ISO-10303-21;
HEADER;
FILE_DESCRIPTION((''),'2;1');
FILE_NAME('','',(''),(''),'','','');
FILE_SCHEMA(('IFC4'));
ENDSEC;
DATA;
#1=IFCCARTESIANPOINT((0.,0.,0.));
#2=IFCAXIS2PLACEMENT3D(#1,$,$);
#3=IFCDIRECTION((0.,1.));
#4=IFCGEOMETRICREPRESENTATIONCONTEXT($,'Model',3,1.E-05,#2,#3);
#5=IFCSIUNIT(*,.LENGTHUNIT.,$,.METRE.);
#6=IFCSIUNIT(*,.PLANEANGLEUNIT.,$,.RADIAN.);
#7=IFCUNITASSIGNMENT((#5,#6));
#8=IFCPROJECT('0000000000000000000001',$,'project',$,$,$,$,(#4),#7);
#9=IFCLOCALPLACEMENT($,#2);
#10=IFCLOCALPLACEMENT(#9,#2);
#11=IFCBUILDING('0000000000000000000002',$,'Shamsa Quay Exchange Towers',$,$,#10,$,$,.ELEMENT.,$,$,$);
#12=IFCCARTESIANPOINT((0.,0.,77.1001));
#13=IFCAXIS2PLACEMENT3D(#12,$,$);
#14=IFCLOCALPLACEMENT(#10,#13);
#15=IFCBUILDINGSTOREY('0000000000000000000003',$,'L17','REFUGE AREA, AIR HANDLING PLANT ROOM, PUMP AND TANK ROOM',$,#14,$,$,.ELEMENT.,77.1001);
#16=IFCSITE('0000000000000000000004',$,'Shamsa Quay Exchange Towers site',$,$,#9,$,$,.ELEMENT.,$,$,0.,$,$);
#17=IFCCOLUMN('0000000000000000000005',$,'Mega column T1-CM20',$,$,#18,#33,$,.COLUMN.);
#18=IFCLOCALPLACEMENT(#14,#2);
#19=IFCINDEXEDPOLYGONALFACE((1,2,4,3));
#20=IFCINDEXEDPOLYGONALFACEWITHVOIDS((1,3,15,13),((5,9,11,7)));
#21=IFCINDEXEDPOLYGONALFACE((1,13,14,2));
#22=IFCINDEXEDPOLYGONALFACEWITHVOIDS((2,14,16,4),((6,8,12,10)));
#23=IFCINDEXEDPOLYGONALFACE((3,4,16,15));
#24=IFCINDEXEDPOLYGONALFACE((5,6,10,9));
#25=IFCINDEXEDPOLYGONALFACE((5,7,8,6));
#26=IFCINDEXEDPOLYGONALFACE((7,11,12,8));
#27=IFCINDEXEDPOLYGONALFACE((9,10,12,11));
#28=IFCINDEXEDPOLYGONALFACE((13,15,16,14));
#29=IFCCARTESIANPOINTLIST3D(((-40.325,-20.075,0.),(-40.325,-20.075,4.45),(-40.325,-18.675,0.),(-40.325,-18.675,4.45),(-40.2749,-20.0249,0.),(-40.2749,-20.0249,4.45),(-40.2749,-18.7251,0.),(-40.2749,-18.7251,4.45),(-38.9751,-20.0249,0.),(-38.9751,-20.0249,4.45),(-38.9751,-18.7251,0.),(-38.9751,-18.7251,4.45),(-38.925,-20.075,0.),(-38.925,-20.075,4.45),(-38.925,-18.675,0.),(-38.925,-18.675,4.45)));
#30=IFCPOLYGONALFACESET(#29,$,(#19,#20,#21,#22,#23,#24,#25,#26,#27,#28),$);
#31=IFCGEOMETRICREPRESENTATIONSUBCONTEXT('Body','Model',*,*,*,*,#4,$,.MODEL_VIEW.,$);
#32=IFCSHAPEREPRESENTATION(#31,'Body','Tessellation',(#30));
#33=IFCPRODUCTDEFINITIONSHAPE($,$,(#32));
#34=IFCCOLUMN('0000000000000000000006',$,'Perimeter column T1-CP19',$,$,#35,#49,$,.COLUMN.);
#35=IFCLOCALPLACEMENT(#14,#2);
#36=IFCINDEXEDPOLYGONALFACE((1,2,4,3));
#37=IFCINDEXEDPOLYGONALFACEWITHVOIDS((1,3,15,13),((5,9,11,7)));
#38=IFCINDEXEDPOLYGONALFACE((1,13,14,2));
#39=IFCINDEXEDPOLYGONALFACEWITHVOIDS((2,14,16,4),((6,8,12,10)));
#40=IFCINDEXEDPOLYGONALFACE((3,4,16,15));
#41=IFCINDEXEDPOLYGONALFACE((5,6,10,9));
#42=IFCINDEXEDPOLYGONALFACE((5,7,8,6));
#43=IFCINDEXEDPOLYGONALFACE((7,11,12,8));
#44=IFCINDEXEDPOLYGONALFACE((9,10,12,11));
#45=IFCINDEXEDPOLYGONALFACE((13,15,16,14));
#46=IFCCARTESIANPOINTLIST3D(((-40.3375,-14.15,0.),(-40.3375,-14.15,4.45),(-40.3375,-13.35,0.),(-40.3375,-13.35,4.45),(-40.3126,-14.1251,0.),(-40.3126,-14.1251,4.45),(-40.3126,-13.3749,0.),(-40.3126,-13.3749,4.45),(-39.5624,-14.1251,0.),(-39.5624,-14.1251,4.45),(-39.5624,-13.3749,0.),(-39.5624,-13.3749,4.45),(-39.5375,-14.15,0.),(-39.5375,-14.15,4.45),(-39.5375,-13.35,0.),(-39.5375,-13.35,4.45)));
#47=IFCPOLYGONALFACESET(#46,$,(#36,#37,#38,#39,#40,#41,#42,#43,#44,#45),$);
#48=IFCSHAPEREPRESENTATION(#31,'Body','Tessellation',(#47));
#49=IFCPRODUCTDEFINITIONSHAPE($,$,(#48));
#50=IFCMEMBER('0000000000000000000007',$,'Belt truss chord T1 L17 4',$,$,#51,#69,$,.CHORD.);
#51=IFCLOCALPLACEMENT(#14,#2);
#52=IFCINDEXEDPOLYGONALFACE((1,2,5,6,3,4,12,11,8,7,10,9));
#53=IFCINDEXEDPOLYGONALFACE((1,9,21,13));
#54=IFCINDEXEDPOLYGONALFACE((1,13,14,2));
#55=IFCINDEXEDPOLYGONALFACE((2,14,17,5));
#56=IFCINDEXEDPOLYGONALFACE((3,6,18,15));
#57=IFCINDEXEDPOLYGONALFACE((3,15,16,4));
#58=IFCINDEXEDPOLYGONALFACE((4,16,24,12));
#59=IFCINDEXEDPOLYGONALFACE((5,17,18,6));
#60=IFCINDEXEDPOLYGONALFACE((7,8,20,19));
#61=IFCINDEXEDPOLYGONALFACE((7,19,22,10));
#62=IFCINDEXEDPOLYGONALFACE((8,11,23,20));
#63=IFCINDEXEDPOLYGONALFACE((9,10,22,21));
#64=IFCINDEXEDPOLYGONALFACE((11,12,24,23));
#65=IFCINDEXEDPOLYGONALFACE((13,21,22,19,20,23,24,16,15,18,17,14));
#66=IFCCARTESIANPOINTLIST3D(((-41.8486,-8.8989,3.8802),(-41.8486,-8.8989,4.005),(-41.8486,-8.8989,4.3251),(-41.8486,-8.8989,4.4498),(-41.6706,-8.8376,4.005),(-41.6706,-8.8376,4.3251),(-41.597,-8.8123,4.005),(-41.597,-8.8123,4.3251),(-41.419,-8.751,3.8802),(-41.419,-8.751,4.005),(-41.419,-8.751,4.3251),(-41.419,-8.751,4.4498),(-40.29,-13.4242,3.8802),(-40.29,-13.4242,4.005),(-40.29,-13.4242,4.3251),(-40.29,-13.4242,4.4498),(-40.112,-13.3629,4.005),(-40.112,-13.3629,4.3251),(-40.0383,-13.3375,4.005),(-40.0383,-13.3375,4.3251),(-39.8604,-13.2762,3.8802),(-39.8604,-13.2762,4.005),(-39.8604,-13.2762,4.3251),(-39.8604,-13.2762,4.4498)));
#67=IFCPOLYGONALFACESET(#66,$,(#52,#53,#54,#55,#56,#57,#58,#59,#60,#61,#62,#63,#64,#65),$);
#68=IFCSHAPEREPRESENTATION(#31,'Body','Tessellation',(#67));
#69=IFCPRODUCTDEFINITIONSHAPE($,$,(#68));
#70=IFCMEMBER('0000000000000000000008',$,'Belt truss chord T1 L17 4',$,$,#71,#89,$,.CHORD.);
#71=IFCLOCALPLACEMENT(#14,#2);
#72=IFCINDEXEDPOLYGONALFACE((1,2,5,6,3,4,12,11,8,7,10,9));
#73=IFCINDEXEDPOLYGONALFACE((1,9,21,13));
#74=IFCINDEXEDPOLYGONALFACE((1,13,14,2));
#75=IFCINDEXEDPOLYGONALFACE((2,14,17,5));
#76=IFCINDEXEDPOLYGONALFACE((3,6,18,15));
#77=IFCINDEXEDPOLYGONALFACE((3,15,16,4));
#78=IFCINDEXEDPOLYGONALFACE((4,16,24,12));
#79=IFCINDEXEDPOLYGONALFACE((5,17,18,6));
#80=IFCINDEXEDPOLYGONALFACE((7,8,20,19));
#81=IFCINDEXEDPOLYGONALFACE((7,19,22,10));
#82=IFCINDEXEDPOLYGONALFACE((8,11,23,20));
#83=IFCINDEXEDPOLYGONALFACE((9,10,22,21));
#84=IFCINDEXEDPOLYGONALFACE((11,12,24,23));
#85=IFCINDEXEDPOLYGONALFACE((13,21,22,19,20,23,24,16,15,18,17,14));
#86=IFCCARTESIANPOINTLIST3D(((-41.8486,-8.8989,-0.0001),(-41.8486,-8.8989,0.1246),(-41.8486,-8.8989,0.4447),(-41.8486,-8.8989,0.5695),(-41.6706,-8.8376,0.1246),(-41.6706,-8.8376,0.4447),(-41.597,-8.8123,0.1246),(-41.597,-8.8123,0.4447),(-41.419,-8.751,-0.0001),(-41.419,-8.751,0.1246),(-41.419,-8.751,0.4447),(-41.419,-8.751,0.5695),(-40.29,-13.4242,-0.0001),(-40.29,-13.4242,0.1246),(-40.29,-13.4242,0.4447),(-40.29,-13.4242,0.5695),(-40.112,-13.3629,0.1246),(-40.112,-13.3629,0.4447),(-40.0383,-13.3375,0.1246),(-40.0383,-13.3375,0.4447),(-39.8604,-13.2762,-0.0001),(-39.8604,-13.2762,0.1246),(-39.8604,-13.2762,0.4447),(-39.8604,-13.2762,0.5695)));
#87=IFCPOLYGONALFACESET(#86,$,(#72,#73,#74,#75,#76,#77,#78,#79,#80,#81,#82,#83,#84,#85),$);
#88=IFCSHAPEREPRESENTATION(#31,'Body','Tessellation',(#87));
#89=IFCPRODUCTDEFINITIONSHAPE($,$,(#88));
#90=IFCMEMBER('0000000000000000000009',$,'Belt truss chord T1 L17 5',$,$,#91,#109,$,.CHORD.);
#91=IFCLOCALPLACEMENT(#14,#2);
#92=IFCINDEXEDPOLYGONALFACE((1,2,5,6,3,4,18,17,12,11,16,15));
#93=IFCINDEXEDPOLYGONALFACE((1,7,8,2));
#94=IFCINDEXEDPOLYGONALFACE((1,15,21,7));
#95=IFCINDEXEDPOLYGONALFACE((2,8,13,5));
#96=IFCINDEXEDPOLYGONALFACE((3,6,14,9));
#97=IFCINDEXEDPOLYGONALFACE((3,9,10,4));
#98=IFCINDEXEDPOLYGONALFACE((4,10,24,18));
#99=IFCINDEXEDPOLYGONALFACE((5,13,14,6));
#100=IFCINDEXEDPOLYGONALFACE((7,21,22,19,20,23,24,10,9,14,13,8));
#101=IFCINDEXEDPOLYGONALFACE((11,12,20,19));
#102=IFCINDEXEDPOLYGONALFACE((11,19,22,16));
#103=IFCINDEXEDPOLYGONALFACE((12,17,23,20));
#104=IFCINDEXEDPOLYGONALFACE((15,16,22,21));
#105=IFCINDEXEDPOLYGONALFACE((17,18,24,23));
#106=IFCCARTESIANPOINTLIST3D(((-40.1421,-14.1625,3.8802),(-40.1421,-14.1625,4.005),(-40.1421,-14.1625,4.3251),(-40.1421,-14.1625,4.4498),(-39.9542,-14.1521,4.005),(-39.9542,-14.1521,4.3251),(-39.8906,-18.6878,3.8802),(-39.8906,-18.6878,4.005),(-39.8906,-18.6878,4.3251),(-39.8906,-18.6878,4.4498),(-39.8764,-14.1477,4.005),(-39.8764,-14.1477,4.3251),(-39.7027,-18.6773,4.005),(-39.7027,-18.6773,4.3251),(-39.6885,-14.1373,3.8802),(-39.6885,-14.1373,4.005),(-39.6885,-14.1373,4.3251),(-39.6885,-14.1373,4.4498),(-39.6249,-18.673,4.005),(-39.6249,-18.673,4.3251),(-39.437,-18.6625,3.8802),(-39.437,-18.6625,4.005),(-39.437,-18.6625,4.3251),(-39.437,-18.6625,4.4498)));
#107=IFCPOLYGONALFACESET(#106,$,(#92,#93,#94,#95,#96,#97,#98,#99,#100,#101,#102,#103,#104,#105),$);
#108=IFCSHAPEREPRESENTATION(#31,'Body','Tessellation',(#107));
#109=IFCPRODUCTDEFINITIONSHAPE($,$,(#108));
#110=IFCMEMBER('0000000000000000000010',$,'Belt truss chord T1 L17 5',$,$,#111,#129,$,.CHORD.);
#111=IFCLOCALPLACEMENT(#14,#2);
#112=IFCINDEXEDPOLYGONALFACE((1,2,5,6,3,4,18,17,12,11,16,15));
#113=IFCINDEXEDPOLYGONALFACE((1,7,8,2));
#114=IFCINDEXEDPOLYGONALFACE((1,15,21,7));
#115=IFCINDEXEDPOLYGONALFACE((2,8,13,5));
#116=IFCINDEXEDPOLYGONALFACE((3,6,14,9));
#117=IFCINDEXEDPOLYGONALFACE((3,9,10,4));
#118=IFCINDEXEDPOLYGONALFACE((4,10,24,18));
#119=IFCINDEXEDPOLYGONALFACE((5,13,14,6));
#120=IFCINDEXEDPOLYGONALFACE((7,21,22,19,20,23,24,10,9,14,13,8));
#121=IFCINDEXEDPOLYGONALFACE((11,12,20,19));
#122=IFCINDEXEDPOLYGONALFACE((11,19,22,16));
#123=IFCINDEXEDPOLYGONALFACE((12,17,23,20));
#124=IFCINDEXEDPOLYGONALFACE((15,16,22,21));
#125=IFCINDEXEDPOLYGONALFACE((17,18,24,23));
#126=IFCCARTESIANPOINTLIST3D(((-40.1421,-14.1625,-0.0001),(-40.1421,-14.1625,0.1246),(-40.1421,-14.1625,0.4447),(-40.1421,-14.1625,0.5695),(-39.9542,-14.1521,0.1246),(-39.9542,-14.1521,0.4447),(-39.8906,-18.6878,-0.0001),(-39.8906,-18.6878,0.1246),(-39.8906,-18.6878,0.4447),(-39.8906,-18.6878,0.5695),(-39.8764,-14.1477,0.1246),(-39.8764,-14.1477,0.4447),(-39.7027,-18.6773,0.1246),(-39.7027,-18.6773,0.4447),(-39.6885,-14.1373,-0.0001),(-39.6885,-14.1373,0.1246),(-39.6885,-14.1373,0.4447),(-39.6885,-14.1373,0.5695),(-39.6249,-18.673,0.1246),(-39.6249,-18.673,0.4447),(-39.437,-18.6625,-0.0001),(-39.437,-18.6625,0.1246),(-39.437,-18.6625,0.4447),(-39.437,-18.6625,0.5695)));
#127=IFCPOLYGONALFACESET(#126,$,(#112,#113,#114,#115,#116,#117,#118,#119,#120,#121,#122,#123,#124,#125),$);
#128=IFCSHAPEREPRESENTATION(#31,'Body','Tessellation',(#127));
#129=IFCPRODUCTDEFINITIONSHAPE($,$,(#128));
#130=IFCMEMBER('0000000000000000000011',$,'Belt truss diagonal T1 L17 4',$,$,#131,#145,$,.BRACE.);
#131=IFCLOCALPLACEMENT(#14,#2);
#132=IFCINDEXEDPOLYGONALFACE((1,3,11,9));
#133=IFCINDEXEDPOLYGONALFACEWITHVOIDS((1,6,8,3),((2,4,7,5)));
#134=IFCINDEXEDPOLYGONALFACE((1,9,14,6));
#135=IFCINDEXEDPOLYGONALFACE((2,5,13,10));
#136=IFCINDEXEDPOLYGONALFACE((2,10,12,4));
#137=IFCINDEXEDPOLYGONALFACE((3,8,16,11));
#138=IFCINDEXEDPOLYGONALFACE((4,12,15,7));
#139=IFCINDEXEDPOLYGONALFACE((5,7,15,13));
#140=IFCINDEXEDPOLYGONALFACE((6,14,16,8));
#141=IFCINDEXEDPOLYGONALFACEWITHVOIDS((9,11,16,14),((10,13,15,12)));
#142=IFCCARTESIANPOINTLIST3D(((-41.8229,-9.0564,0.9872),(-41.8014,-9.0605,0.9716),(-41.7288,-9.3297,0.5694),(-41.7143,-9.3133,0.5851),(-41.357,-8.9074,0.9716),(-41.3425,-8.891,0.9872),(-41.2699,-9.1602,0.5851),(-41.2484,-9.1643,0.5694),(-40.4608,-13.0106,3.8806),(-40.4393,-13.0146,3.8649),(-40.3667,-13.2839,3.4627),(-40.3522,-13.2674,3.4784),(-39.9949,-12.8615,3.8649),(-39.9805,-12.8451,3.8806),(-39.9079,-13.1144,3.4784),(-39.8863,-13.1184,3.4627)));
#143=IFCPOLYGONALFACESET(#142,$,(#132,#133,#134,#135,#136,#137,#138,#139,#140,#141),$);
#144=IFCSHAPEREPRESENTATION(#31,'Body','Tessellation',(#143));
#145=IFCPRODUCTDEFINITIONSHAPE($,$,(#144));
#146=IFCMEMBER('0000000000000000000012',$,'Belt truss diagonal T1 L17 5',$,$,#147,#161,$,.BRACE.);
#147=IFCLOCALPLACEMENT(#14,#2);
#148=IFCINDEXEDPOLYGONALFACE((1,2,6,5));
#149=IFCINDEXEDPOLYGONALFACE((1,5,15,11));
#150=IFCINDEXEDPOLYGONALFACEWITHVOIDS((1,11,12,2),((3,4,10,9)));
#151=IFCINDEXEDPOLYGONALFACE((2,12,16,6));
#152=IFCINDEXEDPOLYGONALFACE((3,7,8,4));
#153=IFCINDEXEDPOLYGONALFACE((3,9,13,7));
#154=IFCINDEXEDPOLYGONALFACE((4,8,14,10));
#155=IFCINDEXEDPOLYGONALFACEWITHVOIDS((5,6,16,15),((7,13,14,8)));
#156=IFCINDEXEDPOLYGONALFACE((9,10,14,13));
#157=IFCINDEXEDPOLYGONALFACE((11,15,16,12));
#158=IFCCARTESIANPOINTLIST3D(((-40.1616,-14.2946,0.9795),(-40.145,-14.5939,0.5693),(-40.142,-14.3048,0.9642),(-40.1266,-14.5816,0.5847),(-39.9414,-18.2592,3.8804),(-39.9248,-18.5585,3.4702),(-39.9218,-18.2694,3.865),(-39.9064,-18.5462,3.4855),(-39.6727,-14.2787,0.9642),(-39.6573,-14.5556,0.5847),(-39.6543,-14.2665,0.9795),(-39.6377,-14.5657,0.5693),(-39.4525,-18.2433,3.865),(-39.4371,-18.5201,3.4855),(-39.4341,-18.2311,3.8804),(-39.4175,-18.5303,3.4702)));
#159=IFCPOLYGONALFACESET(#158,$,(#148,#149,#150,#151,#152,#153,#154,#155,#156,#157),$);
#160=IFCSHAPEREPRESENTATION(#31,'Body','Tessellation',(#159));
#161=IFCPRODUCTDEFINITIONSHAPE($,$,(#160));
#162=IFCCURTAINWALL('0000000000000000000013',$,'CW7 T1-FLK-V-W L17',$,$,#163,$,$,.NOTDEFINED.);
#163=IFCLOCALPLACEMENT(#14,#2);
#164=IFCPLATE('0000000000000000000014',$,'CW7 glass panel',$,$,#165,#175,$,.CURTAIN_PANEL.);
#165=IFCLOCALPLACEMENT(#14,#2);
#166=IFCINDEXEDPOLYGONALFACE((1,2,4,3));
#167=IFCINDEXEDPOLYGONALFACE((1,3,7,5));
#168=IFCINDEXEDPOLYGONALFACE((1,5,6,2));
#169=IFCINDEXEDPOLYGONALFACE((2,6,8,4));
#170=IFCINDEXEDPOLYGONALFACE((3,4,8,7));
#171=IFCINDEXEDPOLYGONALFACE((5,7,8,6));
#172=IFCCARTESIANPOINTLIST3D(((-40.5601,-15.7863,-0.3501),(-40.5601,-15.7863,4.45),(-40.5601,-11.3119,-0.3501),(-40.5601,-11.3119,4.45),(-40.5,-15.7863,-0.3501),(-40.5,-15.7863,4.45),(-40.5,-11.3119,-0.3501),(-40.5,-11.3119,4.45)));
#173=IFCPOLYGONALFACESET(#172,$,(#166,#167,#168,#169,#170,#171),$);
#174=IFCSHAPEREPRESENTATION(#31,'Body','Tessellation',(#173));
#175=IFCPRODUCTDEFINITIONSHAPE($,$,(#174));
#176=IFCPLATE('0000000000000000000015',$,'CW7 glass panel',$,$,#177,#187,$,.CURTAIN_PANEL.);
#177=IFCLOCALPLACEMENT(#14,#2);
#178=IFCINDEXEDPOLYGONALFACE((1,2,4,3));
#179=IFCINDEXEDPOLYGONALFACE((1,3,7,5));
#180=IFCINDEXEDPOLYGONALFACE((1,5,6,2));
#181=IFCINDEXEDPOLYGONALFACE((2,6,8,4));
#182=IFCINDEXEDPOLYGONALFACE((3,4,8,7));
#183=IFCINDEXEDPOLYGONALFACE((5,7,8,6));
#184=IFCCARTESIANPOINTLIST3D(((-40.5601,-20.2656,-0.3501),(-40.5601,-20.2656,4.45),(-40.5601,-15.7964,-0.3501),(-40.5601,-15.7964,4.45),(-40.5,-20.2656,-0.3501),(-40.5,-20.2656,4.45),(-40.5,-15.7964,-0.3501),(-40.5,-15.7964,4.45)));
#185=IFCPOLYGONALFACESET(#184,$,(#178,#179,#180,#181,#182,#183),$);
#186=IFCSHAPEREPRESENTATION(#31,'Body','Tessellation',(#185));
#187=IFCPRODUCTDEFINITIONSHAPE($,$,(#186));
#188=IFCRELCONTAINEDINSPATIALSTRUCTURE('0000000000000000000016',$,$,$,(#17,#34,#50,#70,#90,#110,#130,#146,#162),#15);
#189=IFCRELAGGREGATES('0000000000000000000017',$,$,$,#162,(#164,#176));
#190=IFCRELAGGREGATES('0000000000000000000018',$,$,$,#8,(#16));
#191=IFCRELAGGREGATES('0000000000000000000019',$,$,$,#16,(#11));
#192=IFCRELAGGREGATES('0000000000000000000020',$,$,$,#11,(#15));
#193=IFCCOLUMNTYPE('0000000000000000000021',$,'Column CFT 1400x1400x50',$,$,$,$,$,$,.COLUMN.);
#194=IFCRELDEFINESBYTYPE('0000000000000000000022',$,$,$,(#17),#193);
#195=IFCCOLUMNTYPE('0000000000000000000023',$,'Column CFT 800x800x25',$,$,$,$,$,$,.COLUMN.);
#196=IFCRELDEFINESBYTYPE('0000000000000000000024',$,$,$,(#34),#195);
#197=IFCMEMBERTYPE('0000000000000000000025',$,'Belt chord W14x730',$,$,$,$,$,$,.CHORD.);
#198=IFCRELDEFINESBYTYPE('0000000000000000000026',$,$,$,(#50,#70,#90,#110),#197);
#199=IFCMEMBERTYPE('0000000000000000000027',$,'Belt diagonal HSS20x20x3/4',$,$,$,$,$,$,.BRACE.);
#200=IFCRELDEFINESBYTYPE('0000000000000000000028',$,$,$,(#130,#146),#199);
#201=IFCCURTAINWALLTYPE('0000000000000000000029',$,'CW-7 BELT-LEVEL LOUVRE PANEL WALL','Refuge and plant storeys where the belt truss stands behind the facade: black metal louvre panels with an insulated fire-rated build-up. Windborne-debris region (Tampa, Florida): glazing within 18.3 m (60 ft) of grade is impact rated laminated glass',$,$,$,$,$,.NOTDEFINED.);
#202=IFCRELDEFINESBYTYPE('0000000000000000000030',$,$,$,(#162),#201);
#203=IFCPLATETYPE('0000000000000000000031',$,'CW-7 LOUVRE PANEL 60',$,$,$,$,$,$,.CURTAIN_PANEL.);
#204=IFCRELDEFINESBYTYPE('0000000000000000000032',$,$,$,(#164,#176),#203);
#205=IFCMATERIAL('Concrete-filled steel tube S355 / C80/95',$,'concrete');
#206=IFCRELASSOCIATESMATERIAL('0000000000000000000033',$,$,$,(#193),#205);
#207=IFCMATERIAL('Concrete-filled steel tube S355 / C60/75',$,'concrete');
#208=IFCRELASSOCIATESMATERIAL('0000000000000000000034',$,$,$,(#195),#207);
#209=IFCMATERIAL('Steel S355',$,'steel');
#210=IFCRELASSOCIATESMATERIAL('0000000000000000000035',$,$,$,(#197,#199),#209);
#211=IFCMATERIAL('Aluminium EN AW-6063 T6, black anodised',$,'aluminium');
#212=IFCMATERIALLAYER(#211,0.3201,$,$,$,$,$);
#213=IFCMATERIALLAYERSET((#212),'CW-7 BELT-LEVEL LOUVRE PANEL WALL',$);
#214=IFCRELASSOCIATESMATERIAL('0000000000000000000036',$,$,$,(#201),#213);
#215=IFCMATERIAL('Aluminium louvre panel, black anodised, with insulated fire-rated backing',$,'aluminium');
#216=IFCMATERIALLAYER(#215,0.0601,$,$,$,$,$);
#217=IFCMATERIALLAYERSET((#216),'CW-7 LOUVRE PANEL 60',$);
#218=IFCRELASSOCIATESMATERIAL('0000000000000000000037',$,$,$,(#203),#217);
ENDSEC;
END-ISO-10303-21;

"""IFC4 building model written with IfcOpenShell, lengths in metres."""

from ifc_helpers import new_model, si_unit, direction, frame, origin, origin_2d, place, context, subcontext, project, spatial, rectangle, hollow_rectangle, i_section, extrude, material, layer, layer_set, material_profile, profile_set, type_object, element, aggregate, save


model = new_model("IFC4")

# Units and contexts
model_context = context("Model", 3, precision=1e-05, world=origin(), true_north=direction((0.0, 1.0)))
body_context = subcontext(model_context, "Body", "Model", "MODEL_VIEW")
ifc_project = project(units=[si_unit("LENGTHUNIT", "METRE"), si_unit("PLANEANGLEUNIT", "RADIAN")], contexts=[model_context])

# Site, building, storey
site_placement = place(None, origin())
site = spatial("IfcSite", under=ifc_project, at=site_placement, Name="Shamsa Quay Exchange Towers site", CompositionType="ELEMENT", RefElevation=0.0)
building_placement = place(site_placement, origin())
building = spatial("IfcBuilding", under=site, at=building_placement, Name="Shamsa Quay Exchange Towers", CompositionType="ELEMENT")
storey_placement = place(building_placement, frame((0.0, 0.0, 77.1001)))
storey = spatial("IfcBuildingStorey", under=building, at=storey_placement, Name="L17", Description="REFUGE AREA, AIR HANDLING PLANT ROOM, PUMP AND TANK ROOM", CompositionType="ELEMENT", Elevation=77.1001)

# Columns
ifc_material_1 = material(Name="Concrete-filled steel tube S355 / C80/95", Category="concrete")
ifc_material_profile_1 = material_profile(ifc_material_1, hollow_rectangle(XDim=1.3999, YDim=1.3999, WallThickness=0.05, at=origin_2d()), Name="CFT 1400x1400x50")
ifc_profile_set_1 = profile_set([ifc_material_profile_1], Name="Concrete-filled steel tube S355 / C80/95")
column_type_1 = type_object("IfcColumnType", Name="Column CFT 1400x1400x50", PredefinedType="COLUMN", material=ifc_profile_set_1)
column_1_placement = place(storey_placement, frame((-39.625, -19.375, 0.0)))
element("IfcColumn", 1, at=column_1_placement, inside=storey, type_object=column_type_1, Name="Mega column T1-CM20", PredefinedType="COLUMN", context=body_context, shape_type="SweptSolid", body=[
    extrude(hollow_rectangle(XDim=1.3999, YDim=1.3999, WallThickness=0.05, at=origin_2d()), origin(), (0.0, 0.0, 1.0), 4.45),
])
ifc_material_2 = material(Name="Concrete-filled steel tube S355 / C60/75", Category="concrete")
ifc_material_profile_2 = material_profile(ifc_material_2, hollow_rectangle(XDim=0.8, YDim=0.8, WallThickness=0.0249, at=origin_2d()), Name="CFT 800x800x25")
ifc_profile_set_2 = profile_set([ifc_material_profile_2], Name="Concrete-filled steel tube S355 / C60/75")
column_type_2 = type_object("IfcColumnType", Name="Column CFT 800x800x25", PredefinedType="COLUMN", material=ifc_profile_set_2)
column_2_placement = place(storey_placement, frame((-39.9375, -13.75, 0.0)))
element("IfcColumn", 2, at=column_2_placement, inside=storey, type_object=column_type_2, Name="Perimeter column T1-CP19", PredefinedType="COLUMN", context=body_context, shape_type="SweptSolid", body=[
    extrude(hollow_rectangle(XDim=0.8, YDim=0.8, WallThickness=0.0249, at=origin_2d()), origin(), (0.0, 0.0, 1.0), 4.45),
])

# Members
ifc_material_3 = material(Name="Steel S355", Category="steel")
ifc_material_profile_3 = material_profile(ifc_material_3, i_section(OverallWidth=0.4543, OverallDepth=0.5696, WebThickness=0.0779, FlangeThickness=0.1248, at=origin_2d()), Name="W14x730")
ifc_profile_set_3 = profile_set([ifc_material_profile_3], Name="Steel S355")
member_type_1 = type_object("IfcMemberType", Name="Belt chord W14x730", PredefinedType="CHORD", material=ifc_profile_set_3)
for number, where, z_axis, x_axis, name in (
    (3, (-41.6338, -8.825, 4.165), (0.325654, -0.945489, 0.0), (0.945489, 0.325654, 0.0), "Belt truss chord T1 L17 4"),
    (4, (-41.6338, -8.825, 0.2847), (0.325654, -0.945489, 0.0), (0.945489, 0.325654, 0.0), "Belt truss chord T1 L17 4"),
):
    element("IfcMember", number, at=place(storey_placement, frame(where, z_axis=z_axis, x_axis=x_axis)), inside=storey, type_object=member_type_1, Name=name, PredefinedType="CHORD", context=body_context, shape_type="SweptSolid", body=[
        extrude(i_section(OverallWidth=0.4543, OverallDepth=0.5696, WebThickness=0.0779, FlangeThickness=0.1248, at=origin_2d()), origin(), (0.0, 0.0, 1.0), 4.7861),
    ])
for number, where, z_axis, x_axis, name in (
    (5, (-39.9153, -14.1499, 4.165), (0.055485, -0.99846, 0.0), (0.99846, 0.055485, 0.0), "Belt truss chord T1 L17 5"),
    (6, (-39.9153, -14.1499, 0.2847), (0.055485, -0.99846, 0.0), (0.99846, 0.055485, 0.0), "Belt truss chord T1 L17 5"),
):
    element("IfcMember", number, at=place(storey_placement, frame(where, z_axis=z_axis, x_axis=x_axis)), inside=storey, type_object=member_type_1, Name=name, PredefinedType="CHORD", context=body_context, shape_type="SweptSolid", body=[
        extrude(i_section(OverallWidth=0.4543, OverallDepth=0.5696, WebThickness=0.0779, FlangeThickness=0.1248, at=origin_2d()), origin(), (0.0, 0.0, 1.0), 4.5322),
    ])
ifc_material_profile_4 = material_profile(ifc_material_3, hollow_rectangle(XDim=0.5081, YDim=0.5081, WallThickness=0.019, at=origin_2d()), Name="HSS20x20x3/4")
ifc_profile_set_4 = profile_set([ifc_material_profile_4], Name="Steel S355")
member_type_2 = type_object("IfcMemberType", Name="Belt diagonal HSS20x20x3/4", PredefinedType="BRACE", material=ifc_profile_set_4)
member_1_placement = place(storey_placement, frame((-41.5356, -9.1104, 0.7783), z_axis=(0.267837, -0.777539, 0.568944), x_axis=(0.945478, 0.325687, 0.0)))
element("IfcMember", 7, at=member_1_placement, inside=storey, type_object=member_type_2, Name="Belt truss diagonal T1 L17 4", PredefinedType="BRACE", context=body_context, shape_type="SweptSolid", body=[
    extrude(hollow_rectangle(XDim=0.5081, YDim=0.5081, WallThickness=0.019, at=origin_2d()), origin(), (0.0, 0.0, 1.0), 5.0854),
])
member_2_placement = place(storey_placement, frame((-39.8997, -14.4302, 0.7744), z_axis=(0.044782, -0.806225, 0.589911), x_axis=(0.998461, 0.05546, 0.0)))
element("IfcMember", 8, at=member_2_placement, inside=storey, type_object=member_type_2, Name="Belt truss diagonal T1 L17 5", PredefinedType="BRACE", context=body_context, shape_type="SweptSolid", body=[
    extrude(hollow_rectangle(XDim=0.5081, YDim=0.5081, WallThickness=0.019, at=origin_2d()), origin(), (0.0, 0.0, 1.0), 4.9175),
])

# Curtain wall, plates
ifc_material_4 = material(Name="Aluminium EN AW-6063 T6, black anodised", Category="aluminium")
ifc_layer_1 = layer(ifc_material_4, 0.3201)
ifc_layer_set_1 = layer_set([ifc_layer_1], Name="CW-7 BELT-LEVEL LOUVRE PANEL WALL")
curtain_wall_type = type_object("IfcCurtainWallType", Name="CW-7 BELT-LEVEL LOUVRE PANEL WALL", Description="Refuge and plant storeys where the belt truss stands behind the facade: black metal louvre panels with an insulated fire-rated build-up. Windborne-debris region (Tampa, Florida): glazing within 18.3 m (60 ft) of grade is impact rated laminated glass", PredefinedType="NOTDEFINED", material=ifc_layer_set_1)
curtain_wall_1_placement = place(storey_placement, origin())
curtain_wall_1 = element("IfcCurtainWall", 9, at=curtain_wall_1_placement, inside=storey, type_object=curtain_wall_type, Name="CW7 T1-FLK-V-W L17", PredefinedType="NOTDEFINED")
ifc_material_5 = material(Name="Aluminium louvre panel, black anodised, with insulated fire-rated backing", Category="aluminium")
ifc_layer_2 = layer(ifc_material_5, 0.0601)
ifc_layer_set_2 = layer_set([ifc_layer_2], Name="CW-7 LOUVRE PANEL 60")
plate_type = type_object("IfcPlateType", Name="CW-7 LOUVRE PANEL 60", PredefinedType="CURTAIN_PANEL", material=ifc_layer_set_2)
plate_1_placement = place(storey_placement, frame((-40.53, -13.5491, -0.3501), z_axis=(0.0, 0.0, 1.0), x_axis=(0.0, -1.0, 0.0)))
plate_1 = element("IfcPlate", 10, at=plate_1_placement, type_object=plate_type, Name="CW7 glass panel", PredefinedType="CURTAIN_PANEL", context=body_context, shape_type="SweptSolid", body=[
    extrude(rectangle(XDim=4.4744, YDim=0.0601, at=origin_2d()), origin(), (0.0, 0.0, 1.0), 4.8),
])
plate_2_placement = place(storey_placement, frame((-40.53, -18.031, -0.3501), z_axis=(0.0, 0.0, 1.0), x_axis=(0.0, -1.0, 0.0)))
plate_2 = element("IfcPlate", 11, at=plate_2_placement, type_object=plate_type, Name="CW7 glass panel", PredefinedType="CURTAIN_PANEL", context=body_context, shape_type="SweptSolid", body=[
    extrude(rectangle(XDim=4.4692, YDim=0.0601, at=origin_2d()), origin(), (0.0, 0.0, 1.0), 4.8),
])
aggregate(curtain_wall_1, [plate_1, plate_2])

save(model, "model.ifc")
